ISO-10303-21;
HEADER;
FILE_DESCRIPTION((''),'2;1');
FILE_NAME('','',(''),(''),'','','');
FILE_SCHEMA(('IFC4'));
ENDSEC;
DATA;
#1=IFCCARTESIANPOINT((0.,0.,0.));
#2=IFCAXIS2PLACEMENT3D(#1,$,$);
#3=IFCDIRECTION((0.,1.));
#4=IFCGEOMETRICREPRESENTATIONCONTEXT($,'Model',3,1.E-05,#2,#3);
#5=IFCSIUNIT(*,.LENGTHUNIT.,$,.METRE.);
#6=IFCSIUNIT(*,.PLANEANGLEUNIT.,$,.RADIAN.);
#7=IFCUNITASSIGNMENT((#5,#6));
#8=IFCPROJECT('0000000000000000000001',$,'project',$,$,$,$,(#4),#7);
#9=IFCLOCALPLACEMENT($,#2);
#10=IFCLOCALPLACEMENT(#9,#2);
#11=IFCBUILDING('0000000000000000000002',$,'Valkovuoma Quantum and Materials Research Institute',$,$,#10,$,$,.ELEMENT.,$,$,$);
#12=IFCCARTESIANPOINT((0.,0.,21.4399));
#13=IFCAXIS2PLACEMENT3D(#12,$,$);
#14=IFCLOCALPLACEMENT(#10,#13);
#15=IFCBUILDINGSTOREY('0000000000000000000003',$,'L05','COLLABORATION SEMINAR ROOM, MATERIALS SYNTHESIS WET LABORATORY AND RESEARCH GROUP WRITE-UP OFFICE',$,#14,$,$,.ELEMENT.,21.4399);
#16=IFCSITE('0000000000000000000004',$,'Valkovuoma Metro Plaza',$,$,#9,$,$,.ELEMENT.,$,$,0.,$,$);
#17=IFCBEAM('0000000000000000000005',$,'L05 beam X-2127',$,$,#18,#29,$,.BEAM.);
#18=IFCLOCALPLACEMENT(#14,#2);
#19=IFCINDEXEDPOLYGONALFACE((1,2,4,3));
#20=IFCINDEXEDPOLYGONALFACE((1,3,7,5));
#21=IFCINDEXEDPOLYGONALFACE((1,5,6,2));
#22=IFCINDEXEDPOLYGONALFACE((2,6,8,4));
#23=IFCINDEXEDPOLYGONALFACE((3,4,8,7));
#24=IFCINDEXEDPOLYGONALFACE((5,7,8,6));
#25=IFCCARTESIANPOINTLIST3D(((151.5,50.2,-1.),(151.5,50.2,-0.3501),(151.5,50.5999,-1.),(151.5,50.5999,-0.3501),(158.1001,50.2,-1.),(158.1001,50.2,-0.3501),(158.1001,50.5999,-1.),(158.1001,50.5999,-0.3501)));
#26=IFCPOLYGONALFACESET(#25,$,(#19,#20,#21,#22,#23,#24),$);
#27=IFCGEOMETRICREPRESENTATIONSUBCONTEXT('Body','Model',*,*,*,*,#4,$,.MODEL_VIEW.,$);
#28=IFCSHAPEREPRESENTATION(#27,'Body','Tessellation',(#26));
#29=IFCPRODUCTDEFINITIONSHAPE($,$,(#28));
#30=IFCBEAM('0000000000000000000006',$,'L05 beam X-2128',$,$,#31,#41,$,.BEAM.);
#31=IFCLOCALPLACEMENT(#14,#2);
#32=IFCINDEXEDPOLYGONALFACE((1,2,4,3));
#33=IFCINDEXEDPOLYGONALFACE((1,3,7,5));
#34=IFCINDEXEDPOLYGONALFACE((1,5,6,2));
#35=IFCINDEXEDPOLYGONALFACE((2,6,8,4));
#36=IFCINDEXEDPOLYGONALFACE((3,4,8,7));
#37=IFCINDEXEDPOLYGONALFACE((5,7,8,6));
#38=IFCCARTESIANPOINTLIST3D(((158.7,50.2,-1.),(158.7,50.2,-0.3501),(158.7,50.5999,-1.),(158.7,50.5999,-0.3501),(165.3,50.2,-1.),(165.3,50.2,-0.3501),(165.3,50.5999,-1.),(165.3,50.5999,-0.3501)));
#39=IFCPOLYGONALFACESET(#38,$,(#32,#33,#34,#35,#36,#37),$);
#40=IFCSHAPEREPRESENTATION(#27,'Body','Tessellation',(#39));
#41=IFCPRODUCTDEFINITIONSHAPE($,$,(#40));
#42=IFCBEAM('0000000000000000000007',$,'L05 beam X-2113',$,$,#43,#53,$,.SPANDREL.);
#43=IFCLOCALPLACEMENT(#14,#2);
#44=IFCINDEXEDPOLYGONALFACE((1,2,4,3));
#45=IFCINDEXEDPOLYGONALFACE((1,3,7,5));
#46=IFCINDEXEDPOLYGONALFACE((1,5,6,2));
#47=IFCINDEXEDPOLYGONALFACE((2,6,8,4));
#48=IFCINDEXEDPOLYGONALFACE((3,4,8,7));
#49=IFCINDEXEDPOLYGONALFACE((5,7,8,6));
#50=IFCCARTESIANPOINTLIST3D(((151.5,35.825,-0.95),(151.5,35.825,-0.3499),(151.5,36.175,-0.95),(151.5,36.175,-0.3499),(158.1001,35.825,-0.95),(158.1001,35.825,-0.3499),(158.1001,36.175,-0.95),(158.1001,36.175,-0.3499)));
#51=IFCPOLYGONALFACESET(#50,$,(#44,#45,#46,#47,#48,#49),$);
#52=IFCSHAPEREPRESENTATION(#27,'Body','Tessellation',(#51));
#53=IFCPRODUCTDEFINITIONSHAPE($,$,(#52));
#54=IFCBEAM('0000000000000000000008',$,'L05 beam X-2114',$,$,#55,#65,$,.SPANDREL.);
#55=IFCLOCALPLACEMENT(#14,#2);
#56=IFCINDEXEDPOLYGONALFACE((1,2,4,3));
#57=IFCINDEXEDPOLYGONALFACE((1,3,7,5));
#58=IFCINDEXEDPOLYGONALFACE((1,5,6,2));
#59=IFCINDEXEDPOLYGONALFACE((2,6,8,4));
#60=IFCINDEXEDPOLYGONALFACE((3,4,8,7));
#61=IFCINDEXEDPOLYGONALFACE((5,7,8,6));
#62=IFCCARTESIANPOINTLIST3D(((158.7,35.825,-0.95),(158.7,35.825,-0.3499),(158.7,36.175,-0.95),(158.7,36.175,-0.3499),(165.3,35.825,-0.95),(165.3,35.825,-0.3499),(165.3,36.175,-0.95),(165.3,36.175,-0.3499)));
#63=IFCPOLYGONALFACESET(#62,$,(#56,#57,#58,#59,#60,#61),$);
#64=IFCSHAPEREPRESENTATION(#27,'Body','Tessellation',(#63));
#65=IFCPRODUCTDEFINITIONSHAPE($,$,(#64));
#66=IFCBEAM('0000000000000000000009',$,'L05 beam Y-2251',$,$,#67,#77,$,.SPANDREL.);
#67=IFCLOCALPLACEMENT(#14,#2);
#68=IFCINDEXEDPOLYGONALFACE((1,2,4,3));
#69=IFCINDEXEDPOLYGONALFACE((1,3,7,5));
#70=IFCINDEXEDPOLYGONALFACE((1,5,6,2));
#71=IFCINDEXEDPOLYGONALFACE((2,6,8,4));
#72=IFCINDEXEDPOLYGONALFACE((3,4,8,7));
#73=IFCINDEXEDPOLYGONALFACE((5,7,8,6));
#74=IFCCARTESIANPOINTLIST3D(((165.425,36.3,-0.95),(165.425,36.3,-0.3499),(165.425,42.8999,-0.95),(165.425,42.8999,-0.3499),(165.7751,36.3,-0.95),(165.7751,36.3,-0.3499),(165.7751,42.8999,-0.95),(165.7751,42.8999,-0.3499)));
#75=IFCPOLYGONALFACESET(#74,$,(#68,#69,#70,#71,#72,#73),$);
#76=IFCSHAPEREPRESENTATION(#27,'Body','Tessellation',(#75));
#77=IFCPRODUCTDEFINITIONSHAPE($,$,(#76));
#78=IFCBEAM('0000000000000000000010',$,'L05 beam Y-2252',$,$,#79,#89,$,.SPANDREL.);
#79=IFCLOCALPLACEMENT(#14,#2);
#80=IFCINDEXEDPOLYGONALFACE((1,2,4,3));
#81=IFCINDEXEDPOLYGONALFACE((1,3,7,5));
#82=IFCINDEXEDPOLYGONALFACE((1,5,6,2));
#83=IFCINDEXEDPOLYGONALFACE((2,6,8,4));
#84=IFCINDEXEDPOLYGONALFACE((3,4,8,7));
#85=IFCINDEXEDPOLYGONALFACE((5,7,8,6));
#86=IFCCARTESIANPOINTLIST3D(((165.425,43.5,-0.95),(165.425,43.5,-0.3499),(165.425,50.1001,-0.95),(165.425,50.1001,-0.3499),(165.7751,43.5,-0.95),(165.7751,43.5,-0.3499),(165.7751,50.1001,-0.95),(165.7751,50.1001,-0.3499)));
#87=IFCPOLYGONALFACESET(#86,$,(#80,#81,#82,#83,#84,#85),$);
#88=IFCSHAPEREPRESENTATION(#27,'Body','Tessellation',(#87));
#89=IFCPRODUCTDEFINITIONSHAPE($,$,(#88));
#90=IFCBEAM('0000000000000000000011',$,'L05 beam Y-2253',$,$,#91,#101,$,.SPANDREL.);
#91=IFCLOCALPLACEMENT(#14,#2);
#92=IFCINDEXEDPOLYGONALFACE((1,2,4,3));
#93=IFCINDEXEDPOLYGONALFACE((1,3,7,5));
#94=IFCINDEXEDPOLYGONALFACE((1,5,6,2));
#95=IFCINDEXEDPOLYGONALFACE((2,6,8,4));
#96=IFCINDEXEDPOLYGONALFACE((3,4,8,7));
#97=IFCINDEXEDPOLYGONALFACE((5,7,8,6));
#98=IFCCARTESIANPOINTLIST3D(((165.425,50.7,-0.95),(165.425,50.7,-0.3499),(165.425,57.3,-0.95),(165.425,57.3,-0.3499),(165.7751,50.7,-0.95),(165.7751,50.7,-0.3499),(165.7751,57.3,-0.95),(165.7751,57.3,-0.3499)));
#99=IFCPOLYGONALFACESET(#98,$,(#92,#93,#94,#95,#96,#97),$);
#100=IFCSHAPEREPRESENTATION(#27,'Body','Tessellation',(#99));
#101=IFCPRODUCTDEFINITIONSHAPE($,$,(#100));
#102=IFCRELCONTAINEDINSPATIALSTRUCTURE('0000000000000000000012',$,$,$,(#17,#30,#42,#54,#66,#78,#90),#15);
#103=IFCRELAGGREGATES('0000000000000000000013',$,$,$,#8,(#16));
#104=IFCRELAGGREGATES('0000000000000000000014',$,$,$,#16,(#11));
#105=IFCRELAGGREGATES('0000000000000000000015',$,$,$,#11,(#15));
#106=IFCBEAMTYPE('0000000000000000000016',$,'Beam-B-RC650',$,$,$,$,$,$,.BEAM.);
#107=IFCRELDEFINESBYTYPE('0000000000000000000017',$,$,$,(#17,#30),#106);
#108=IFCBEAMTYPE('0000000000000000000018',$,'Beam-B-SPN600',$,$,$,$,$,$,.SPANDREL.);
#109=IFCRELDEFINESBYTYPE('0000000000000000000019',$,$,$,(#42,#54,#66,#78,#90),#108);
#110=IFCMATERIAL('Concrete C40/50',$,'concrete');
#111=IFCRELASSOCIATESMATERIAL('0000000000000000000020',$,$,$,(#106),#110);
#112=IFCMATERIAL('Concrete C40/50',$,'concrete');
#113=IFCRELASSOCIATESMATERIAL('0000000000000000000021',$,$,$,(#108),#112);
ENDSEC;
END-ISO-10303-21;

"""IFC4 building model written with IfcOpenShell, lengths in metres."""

from ifc_helpers import new_model, si_unit, direction, frame, origin, origin_2d, place, context, subcontext, project, spatial, rectangle, extrude, material, material_profile, profile_set, type_object, element, save


model = new_model("IFC4")

# Units and contexts
model_context = context("Model", 3, precision=1e-05, world=origin(), true_north=direction((0.0, 1.0)))
body_context = subcontext(model_context, "Body", "Model", "MODEL_VIEW")
ifc_project = project(units=[si_unit("LENGTHUNIT", "METRE"), si_unit("PLANEANGLEUNIT", "RADIAN")], contexts=[model_context])

# Site, building, storey
site_placement = place(None, origin())
site = spatial("IfcSite", under=ifc_project, at=site_placement, Name="Valkovuoma Metro Plaza", CompositionType="ELEMENT", RefElevation=0.0)
building_placement = place(site_placement, origin())
building = spatial("IfcBuilding", under=site, at=building_placement, Name="Valkovuoma Quantum and Materials Research Institute", CompositionType="ELEMENT")
storey_placement = place(building_placement, frame((0.0, 0.0, 21.4399)))
storey = spatial("IfcBuildingStorey", under=building, at=storey_placement, Name="L05", Description="COLLABORATION SEMINAR ROOM, MATERIALS SYNTHESIS WET LABORATORY AND RESEARCH GROUP WRITE-UP OFFICE", CompositionType="ELEMENT", Elevation=21.4399)

# Beams
ifc_material_1 = material(Name="Concrete C40/50", Category="concrete")
ifc_material_profile_1 = material_profile(ifc_material_1, rectangle(XDim=0.3999, YDim=0.6499, at=origin_2d()), Name="Concrete C40/50")
ifc_profile_set_1 = profile_set([ifc_material_profile_1], Name="Concrete C40/50")
beam_type_1 = type_object("IfcBeamType", Name="Beam-B-RC650", PredefinedType="BEAM", material=ifc_profile_set_1)
for number, where, z_axis, x_axis, name in (
    (1, (151.5, 50.3999, -0.675), (1.0, 0.0, 0.0), (0.0, 1.0, 0.0), "L05 beam X-2127"),
    (2, (158.7, 50.3999, -0.675), (1.0, 0.0, 0.0), (0.0, 1.0, 0.0), "L05 beam X-2128"),
):
    element("IfcBeam", number, at=place(storey_placement, frame(where, z_axis=z_axis, x_axis=x_axis)), inside=storey, type_object=beam_type_1, Name=name, PredefinedType="BEAM", context=body_context, shape_type="SweptSolid", body=[
        extrude(rectangle(XDim=0.3999, YDim=0.6499, at=origin_2d()), origin(), (0.0, 0.0, 1.0), 6.6001),
    ])
ifc_material_2 = material(Name="Concrete C40/50", Category="concrete")
ifc_material_profile_2 = material_profile(ifc_material_2, rectangle(XDim=0.3501, YDim=0.6001, at=origin_2d()), Name="Concrete C40/50")
ifc_profile_set_2 = profile_set([ifc_material_profile_2], Name="Concrete C40/50")
beam_type_2 = type_object("IfcBeamType", Name="Beam-B-SPN600", PredefinedType="SPANDREL", material=ifc_profile_set_2)
for number, where, z_axis, x_axis, name in (
    (3, (151.5, 36.0, -0.6499), (1.0, 0.0, 0.0), (0.0, 1.0, 0.0), "L05 beam X-2113"),
    (4, (158.7, 36.0, -0.6499), (1.0, 0.0, 0.0), (0.0, 1.0, 0.0), "L05 beam X-2114"),
):
    element("IfcBeam", number, at=place(storey_placement, frame(where, z_axis=z_axis, x_axis=x_axis)), inside=storey, type_object=beam_type_2, Name=name, PredefinedType="SPANDREL", context=body_context, shape_type="SweptSolid", body=[
        extrude(rectangle(XDim=0.3501, YDim=0.6001, at=origin_2d()), origin(), (0.0, 0.0, 1.0), 6.6001),
    ])
beam_1_placement = place(storey_placement, frame((165.6001, 36.3, -0.6499), z_axis=(0.0, 1.0, 0.0), x_axis=(-1.0, 0.0, 0.0)))
element("IfcBeam", 5, at=beam_1_placement, inside=storey, type_object=beam_type_2, Name="L05 beam Y-2251", PredefinedType="SPANDREL", context=body_context, shape_type="SweptSolid", body=[
    extrude(rectangle(XDim=0.3501, YDim=0.6001, at=origin_2d()), origin(), (0.0, 0.0, 1.0), 6.5999),
])
for number, where, z_axis, x_axis, name in (
    (6, (165.6001, 43.5, -0.6499), (0.0, 1.0, 0.0), (-1.0, 0.0, 0.0), "L05 beam Y-2252"),
    (7, (165.6001, 50.7, -0.6499), (0.0, 1.0, 0.0), (-1.0, 0.0, 0.0), "L05 beam Y-2253"),
):
    element("IfcBeam", number, at=place(storey_placement, frame(where, z_axis=z_axis, x_axis=x_axis)), inside=storey, type_object=beam_type_2, Name=name, PredefinedType="SPANDREL", context=body_context, shape_type="SweptSolid", body=[
        extrude(rectangle(XDim=0.3501, YDim=0.6001, at=origin_2d()), origin(), (0.0, 0.0, 1.0), 6.6001),
    ])

save(model, "model.ifc")
